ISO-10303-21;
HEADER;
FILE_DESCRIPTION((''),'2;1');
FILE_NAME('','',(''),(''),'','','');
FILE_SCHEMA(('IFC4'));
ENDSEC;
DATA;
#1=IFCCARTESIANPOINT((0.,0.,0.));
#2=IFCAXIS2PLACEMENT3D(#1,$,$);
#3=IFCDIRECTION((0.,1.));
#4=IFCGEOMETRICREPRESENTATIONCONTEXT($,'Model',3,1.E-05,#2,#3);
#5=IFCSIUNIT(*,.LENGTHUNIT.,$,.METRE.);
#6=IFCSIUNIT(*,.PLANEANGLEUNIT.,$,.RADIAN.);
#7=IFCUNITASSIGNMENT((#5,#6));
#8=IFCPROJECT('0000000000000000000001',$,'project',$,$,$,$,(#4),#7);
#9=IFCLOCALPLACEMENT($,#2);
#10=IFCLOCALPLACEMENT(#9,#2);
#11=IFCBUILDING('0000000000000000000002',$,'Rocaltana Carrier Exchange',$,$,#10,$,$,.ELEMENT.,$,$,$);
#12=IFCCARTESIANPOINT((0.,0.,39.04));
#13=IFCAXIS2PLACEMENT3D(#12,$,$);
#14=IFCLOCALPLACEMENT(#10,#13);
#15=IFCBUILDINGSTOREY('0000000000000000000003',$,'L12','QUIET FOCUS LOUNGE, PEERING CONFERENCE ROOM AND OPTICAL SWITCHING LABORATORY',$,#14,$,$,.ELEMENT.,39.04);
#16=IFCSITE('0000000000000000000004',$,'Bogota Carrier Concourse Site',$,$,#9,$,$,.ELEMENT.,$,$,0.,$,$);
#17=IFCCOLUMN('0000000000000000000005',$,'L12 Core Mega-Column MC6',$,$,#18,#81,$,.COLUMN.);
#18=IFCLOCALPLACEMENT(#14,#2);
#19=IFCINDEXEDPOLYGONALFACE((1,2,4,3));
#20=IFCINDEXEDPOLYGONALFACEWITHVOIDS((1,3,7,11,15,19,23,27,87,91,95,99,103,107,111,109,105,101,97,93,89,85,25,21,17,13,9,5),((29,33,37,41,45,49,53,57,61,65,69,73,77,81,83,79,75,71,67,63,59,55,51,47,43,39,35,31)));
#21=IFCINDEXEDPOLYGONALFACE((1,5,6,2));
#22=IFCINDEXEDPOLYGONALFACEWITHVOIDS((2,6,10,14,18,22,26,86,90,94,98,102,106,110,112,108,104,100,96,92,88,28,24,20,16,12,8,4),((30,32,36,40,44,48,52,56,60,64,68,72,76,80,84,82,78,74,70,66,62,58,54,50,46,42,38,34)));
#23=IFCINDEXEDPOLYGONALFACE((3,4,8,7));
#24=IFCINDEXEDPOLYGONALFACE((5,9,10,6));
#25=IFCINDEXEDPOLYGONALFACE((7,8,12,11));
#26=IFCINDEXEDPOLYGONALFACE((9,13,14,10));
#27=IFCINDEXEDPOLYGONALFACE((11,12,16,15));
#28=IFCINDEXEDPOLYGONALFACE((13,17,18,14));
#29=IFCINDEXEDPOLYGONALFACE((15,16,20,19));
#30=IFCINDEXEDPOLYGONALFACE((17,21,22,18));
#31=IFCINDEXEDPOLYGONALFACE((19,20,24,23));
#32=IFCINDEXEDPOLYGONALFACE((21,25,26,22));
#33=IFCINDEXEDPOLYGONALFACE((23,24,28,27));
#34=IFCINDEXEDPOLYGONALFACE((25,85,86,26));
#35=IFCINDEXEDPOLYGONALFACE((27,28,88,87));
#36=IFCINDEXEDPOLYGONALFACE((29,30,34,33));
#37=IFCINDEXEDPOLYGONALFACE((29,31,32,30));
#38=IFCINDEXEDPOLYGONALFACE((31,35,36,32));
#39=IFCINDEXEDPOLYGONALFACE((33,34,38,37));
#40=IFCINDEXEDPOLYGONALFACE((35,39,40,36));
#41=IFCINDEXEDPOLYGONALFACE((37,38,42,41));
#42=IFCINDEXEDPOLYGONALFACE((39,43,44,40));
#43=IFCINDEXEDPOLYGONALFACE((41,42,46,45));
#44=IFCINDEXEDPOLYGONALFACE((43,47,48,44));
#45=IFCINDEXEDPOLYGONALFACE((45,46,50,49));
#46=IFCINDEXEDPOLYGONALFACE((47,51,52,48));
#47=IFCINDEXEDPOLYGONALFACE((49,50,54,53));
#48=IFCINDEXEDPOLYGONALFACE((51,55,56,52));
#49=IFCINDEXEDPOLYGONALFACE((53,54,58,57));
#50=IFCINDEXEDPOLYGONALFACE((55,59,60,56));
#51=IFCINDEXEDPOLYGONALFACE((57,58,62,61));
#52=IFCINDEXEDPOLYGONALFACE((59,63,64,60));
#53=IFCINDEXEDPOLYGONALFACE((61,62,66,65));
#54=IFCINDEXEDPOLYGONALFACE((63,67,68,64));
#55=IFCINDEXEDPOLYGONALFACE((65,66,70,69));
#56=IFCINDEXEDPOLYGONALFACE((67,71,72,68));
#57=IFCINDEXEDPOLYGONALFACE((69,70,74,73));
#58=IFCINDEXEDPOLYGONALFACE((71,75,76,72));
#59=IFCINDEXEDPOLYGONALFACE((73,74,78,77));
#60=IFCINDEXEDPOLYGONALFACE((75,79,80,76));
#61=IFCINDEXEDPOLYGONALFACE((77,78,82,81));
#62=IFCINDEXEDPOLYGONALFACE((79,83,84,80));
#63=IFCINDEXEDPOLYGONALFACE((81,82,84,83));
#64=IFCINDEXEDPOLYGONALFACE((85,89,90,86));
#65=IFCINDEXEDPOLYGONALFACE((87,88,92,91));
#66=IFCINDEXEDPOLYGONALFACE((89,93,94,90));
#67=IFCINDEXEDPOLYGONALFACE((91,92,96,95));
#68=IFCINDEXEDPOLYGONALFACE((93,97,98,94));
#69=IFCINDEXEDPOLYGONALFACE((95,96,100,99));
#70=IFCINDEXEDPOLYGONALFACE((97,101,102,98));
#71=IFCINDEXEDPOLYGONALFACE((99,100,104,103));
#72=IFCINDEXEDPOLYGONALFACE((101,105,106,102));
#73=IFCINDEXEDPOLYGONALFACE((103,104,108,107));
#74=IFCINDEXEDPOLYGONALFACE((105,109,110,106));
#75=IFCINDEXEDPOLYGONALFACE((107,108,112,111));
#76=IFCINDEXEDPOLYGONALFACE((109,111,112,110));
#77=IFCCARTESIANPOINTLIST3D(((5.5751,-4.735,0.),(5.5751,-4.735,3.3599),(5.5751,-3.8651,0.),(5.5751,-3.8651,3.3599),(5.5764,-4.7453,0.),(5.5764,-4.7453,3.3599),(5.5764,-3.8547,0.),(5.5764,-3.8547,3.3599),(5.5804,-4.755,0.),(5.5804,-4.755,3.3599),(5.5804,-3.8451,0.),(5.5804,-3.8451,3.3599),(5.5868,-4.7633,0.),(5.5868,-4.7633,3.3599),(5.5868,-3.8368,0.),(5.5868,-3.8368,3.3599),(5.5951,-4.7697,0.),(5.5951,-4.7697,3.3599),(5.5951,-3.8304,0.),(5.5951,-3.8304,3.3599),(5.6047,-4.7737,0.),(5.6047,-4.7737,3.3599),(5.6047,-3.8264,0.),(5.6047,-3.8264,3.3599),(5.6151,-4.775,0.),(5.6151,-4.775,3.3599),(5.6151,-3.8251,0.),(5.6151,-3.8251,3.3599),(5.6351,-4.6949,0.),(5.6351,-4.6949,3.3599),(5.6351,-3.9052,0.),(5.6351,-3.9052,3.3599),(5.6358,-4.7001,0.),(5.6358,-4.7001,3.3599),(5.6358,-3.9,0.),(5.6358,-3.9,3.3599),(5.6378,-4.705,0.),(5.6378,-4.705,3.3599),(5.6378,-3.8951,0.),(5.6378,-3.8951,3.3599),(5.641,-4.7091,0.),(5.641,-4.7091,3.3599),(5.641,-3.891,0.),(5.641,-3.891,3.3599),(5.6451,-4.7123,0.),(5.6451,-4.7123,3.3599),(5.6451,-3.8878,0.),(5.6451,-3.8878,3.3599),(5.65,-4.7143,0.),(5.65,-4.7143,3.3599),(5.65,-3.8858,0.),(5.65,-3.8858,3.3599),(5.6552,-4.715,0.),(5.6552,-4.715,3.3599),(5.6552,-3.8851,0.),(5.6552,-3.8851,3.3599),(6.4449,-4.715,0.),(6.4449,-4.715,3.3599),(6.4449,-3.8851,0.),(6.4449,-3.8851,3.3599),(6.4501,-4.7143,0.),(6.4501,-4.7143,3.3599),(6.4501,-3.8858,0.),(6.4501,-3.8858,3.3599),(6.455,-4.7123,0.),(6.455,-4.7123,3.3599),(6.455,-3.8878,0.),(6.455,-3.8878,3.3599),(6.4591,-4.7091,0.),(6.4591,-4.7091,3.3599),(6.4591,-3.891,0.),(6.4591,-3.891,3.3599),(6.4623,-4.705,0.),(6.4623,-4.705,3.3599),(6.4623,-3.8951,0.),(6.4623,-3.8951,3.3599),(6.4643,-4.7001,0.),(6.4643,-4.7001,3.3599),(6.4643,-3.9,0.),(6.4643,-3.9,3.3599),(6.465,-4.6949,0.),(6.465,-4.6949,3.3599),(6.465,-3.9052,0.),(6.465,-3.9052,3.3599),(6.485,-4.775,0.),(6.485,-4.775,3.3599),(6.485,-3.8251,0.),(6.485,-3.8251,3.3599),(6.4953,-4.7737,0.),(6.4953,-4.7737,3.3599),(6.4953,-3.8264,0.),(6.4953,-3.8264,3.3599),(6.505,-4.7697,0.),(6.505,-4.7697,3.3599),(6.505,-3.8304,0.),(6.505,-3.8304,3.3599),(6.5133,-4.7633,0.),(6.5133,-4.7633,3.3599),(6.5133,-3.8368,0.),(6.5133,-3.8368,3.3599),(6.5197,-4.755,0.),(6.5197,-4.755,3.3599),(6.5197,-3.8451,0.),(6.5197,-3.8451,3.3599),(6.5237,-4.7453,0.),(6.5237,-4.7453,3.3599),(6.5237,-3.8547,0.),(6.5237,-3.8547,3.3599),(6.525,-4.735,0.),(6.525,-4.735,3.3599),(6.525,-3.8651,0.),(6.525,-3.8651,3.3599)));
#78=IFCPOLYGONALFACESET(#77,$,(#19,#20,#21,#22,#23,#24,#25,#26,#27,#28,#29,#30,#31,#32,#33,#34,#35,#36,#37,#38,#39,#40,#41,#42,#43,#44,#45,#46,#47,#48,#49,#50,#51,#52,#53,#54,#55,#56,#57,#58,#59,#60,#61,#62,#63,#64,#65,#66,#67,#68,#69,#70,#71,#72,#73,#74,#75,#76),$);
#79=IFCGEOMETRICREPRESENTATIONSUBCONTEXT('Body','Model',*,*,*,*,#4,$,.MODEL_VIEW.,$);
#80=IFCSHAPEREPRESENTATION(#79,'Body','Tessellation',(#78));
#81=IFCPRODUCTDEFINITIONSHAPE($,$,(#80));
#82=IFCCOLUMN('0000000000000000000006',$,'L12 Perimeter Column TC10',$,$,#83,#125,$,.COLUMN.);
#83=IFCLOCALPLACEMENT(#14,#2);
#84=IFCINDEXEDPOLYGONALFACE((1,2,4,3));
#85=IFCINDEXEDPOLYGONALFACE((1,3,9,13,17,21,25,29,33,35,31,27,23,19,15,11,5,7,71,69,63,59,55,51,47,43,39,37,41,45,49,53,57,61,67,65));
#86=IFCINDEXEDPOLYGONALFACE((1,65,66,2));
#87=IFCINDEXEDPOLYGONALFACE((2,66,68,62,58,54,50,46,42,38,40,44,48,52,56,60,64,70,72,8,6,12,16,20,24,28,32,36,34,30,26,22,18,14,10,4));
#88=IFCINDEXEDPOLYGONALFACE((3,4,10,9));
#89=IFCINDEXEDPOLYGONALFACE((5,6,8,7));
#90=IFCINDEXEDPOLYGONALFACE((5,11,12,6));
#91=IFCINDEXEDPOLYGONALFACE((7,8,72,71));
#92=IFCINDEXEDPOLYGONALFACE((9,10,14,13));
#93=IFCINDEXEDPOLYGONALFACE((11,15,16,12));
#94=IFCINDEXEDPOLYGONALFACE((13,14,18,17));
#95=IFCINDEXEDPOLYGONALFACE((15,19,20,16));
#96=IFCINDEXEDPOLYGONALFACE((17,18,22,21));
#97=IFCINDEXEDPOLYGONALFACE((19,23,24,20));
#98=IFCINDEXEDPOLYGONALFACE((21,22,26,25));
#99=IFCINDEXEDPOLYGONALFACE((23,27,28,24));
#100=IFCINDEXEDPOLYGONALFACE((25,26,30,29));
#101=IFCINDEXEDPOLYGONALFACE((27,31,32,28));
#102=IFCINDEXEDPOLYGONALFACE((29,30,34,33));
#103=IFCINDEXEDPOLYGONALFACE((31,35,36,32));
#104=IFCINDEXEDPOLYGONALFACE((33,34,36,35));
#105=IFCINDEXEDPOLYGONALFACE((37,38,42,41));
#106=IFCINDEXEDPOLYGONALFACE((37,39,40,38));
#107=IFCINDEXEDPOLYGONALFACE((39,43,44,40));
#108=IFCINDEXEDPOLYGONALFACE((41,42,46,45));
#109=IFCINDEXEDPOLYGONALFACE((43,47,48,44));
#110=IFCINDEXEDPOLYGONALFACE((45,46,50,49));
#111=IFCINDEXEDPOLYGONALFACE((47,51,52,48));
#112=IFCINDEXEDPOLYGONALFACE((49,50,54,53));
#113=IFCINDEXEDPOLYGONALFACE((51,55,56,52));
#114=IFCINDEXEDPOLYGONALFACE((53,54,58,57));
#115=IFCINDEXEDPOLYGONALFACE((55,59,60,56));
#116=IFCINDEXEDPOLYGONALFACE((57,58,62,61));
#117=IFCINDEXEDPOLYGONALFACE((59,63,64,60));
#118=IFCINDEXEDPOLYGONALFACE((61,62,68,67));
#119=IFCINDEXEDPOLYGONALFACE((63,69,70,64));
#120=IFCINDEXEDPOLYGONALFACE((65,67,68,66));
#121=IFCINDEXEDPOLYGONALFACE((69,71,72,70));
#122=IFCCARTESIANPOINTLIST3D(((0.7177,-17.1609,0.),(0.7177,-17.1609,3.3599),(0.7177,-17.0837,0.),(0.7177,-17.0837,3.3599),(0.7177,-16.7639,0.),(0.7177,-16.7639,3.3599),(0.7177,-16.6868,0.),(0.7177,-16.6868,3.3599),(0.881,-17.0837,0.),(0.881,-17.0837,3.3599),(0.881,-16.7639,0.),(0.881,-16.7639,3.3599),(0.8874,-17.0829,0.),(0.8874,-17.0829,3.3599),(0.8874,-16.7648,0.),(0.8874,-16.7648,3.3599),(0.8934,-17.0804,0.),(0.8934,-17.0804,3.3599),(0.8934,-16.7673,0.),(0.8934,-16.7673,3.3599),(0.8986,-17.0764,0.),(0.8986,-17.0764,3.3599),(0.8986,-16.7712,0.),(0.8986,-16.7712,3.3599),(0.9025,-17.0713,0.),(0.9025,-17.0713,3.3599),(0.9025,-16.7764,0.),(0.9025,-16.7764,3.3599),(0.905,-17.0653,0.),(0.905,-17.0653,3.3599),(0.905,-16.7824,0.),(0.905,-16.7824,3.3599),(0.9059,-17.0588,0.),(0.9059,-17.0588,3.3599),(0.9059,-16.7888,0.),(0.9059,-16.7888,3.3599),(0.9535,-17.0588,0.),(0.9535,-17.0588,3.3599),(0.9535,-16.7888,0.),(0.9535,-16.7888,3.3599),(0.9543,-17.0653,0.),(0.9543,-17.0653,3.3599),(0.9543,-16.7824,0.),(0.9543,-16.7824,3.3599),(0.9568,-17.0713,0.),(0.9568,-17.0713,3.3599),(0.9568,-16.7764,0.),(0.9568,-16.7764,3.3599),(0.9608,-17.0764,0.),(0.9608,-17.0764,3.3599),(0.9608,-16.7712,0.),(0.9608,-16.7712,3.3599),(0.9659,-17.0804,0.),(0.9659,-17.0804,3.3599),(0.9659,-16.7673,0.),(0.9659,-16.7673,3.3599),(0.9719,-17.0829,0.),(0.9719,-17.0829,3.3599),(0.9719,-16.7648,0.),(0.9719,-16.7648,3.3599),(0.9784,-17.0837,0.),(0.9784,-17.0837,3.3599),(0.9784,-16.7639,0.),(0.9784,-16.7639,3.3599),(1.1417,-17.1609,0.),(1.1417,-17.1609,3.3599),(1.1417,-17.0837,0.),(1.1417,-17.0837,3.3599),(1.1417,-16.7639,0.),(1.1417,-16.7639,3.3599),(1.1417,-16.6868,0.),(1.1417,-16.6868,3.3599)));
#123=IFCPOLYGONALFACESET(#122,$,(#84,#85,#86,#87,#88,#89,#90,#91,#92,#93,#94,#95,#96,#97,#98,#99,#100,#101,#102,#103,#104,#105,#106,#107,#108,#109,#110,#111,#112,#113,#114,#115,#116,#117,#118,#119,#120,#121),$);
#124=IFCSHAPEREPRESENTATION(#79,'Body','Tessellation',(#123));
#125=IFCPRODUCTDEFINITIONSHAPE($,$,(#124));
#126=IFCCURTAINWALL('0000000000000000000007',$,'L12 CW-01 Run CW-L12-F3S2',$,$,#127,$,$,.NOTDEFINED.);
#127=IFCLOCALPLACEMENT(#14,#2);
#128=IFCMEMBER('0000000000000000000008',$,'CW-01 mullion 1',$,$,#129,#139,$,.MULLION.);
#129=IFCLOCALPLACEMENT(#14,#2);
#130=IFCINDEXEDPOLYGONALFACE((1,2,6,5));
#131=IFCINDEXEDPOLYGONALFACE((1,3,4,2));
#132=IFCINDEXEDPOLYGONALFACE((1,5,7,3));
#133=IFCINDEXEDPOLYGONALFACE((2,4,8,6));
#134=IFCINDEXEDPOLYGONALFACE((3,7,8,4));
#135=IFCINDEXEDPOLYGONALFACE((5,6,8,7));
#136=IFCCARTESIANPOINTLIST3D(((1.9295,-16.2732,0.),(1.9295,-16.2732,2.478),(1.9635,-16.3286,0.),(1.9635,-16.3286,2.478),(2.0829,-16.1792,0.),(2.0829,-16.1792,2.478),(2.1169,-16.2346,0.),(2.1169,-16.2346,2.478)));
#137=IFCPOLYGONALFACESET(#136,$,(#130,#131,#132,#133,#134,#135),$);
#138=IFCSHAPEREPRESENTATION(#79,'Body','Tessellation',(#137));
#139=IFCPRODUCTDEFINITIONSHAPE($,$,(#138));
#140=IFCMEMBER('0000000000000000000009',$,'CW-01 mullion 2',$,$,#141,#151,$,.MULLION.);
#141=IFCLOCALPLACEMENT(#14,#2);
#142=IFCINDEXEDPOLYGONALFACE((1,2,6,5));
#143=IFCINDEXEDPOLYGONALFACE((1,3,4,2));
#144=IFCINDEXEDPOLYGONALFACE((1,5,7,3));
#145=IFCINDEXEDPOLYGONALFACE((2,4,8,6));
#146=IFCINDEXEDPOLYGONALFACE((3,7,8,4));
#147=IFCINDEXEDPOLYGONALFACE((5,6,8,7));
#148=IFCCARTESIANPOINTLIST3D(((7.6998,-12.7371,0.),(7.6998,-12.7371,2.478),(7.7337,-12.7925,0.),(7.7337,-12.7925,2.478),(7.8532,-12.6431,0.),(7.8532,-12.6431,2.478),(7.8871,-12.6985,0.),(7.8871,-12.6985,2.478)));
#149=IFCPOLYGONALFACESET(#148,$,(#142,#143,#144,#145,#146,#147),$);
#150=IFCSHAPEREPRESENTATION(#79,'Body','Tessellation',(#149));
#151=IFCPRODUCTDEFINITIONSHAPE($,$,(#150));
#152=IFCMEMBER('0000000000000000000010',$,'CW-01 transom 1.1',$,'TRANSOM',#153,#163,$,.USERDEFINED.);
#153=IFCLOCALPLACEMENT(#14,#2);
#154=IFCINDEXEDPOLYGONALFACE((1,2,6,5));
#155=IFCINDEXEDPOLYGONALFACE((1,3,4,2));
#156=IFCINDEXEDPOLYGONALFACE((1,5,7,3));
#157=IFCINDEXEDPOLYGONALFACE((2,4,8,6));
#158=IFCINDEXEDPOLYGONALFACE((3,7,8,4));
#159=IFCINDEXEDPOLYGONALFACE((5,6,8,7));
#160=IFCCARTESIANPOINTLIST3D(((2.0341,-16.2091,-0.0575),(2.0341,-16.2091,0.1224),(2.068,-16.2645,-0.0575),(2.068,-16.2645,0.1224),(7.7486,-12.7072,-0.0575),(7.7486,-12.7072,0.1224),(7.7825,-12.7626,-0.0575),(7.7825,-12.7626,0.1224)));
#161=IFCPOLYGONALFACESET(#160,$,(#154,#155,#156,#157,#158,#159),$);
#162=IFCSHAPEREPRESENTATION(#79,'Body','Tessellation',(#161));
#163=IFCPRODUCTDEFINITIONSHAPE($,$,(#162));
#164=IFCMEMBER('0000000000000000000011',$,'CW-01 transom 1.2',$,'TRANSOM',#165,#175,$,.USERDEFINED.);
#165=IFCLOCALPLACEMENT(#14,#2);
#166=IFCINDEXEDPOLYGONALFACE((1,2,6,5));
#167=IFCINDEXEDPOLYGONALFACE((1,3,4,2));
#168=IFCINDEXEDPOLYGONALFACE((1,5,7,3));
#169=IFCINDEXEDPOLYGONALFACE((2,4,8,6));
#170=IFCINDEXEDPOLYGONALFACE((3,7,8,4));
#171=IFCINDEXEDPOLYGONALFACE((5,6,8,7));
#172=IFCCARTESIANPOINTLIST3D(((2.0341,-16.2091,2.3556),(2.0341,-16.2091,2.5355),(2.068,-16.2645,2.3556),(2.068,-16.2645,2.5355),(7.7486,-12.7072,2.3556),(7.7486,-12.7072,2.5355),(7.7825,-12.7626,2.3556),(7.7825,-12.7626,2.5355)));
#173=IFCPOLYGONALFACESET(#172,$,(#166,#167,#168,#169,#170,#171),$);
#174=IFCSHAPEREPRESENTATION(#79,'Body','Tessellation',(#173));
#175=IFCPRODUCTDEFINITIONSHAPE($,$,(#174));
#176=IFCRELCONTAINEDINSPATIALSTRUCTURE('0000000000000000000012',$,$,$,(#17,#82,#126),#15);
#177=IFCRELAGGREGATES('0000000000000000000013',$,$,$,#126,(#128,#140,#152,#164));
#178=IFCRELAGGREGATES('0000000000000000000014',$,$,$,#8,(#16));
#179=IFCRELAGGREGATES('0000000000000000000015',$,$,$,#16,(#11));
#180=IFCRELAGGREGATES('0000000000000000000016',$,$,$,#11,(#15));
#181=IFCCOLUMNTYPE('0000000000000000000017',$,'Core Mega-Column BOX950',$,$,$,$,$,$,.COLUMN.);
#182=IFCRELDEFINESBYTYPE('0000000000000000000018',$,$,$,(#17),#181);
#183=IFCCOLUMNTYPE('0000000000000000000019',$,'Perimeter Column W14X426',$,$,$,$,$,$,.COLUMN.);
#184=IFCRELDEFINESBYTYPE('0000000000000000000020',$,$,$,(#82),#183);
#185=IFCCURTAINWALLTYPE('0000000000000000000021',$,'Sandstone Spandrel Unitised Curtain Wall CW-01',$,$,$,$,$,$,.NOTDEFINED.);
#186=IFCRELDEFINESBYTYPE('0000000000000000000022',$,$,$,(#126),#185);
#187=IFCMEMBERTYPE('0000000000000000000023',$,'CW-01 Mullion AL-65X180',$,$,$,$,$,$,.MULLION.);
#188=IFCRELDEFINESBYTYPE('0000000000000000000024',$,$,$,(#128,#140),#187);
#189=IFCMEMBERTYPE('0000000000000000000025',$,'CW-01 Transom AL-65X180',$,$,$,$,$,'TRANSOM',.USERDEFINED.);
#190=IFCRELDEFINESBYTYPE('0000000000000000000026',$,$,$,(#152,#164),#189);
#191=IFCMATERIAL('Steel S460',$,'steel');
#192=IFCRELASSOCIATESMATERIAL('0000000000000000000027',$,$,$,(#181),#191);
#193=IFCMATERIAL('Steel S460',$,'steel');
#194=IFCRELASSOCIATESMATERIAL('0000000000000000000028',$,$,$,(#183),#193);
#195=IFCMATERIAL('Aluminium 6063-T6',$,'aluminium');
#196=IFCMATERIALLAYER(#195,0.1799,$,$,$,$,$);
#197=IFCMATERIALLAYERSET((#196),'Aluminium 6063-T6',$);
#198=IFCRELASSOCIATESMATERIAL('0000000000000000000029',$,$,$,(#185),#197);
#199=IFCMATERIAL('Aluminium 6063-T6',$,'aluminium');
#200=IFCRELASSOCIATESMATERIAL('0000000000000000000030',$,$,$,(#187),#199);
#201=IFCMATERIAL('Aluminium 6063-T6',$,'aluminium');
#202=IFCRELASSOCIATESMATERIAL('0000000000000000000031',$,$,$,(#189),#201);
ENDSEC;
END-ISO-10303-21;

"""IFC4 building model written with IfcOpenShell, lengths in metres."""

from ifc_helpers import new_model, si_unit, direction, frame, origin, origin_2d, place, context, subcontext, project, spatial, rectangle, hollow_rectangle, i_section, extrude, material, layer, layer_set, material_profile, profile_set, type_object, element, aggregate, save


model = new_model("IFC4")

# Units and contexts
model_context = context("Model", 3, precision=1e-05, world=origin(), true_north=direction((0.0, 1.0)))
body_context = subcontext(model_context, "Body", "Model", "MODEL_VIEW")
ifc_project = project(units=[si_unit("LENGTHUNIT", "METRE"), si_unit("PLANEANGLEUNIT", "RADIAN")], contexts=[model_context])

# Site, building, storey
site_placement = place(None, origin())
site = spatial("IfcSite", under=ifc_project, at=site_placement, Name="Bogota Carrier Concourse Site", CompositionType="ELEMENT", RefElevation=0.0)
building_placement = place(site_placement, origin())
building = spatial("IfcBuilding", under=site, at=building_placement, Name="Rocaltana Carrier Exchange", CompositionType="ELEMENT")
storey_placement = place(building_placement, frame((0.0, 0.0, 39.04)))
storey = spatial("IfcBuildingStorey", under=building, at=storey_placement, Name="L12", Description="QUIET FOCUS LOUNGE, PEERING CONFERENCE ROOM AND OPTICAL SWITCHING LABORATORY", CompositionType="ELEMENT", Elevation=39.04)

# Columns
ifc_material_1 = material(Name="Steel S460", Category="steel")
ifc_material_profile_1 = material_profile(ifc_material_1, hollow_rectangle(XDim=0.95, YDim=0.95, WallThickness=0.0601, InnerFilletRadius=0.02, OuterFilletRadius=0.04, at=origin_2d()), Name="BOX950X950X60")
ifc_profile_set_1 = profile_set([ifc_material_profile_1], Name="Steel S460")
column_type_1 = type_object("IfcColumnType", Name="Core Mega-Column BOX950", PredefinedType="COLUMN", material=ifc_profile_set_1)
column_1_placement = place(storey_placement, frame((6.05, -4.3, 0.0), z_axis=(0.0, 0.0, 1.0), x_axis=(1.0, 0.0, 0.0)))
element("IfcColumn", 1, at=column_1_placement, inside=storey, type_object=column_type_1, Name="L12 Core Mega-Column MC6", PredefinedType="COLUMN", context=body_context, shape_type="SweptSolid", body=[
    extrude(hollow_rectangle(XDim=0.95, YDim=0.95, WallThickness=0.0601, InnerFilletRadius=0.02, OuterFilletRadius=0.04, at=origin_2d()), origin(), (0.0, 0.0, 1.0), 3.3599),
])
ifc_material_2 = material(Name="Steel S460", Category="steel")
ifc_material_profile_2 = material_profile(ifc_material_2, i_section(OverallWidth=0.4241, OverallDepth=0.4741, WebThickness=0.0476, FlangeThickness=0.0771, FilletRadius=0.0249, at=origin_2d()), Name="W14X426")
ifc_profile_set_2 = profile_set([ifc_material_profile_2], Name="Steel S460")
column_type_2 = type_object("IfcColumnType", Name="Perimeter Column W14X426", PredefinedType="COLUMN", material=ifc_profile_set_2)
column_2_placement = place(storey_placement, frame((0.9297, -16.9238, 0.0), z_axis=(0.0, 0.0, 1.0), x_axis=(1.0, 0.0, 0.0)))
element("IfcColumn", 2, at=column_2_placement, inside=storey, type_object=column_type_2, Name="L12 Perimeter Column TC10", PredefinedType="COLUMN", context=body_context, shape_type="SweptSolid", body=[
    extrude(i_section(OverallWidth=0.4241, OverallDepth=0.4741, WebThickness=0.0476, FlangeThickness=0.0771, FilletRadius=0.0249, at=origin_2d()), origin(), (0.0, 0.0, 1.0), 3.3599),
])

# Curtain wall, members
ifc_material_3 = material(Name="Aluminium 6063-T6", Category="aluminium")
ifc_layer_1 = layer(ifc_material_3, 0.1799)
ifc_layer_set_1 = layer_set([ifc_layer_1], Name="Aluminium 6063-T6")
curtain_wall_type = type_object("IfcCurtainWallType", Name="Sandstone Spandrel Unitised Curtain Wall CW-01", PredefinedType="NOTDEFINED", material=ifc_layer_set_1)
curtain_wall_placement = place(storey_placement, origin())
curtain_wall = element("IfcCurtainWall", 3, at=curtain_wall_placement, inside=storey, type_object=curtain_wall_type, Name="L12 CW-01 Run CW-L12-F3S2", PredefinedType="NOTDEFINED")
ifc_material_4 = material(Name="Aluminium 6063-T6", Category="aluminium")
ifc_material_profile_3 = material_profile(ifc_material_4, rectangle(XDim=0.0649, YDim=0.1799, at=origin_2d()), Name="AL-65X180")
ifc_profile_set_3 = profile_set([ifc_material_profile_3], Name="Aluminium 6063-T6")
member_type_1 = type_object("IfcMemberType", Name="CW-01 Mullion AL-65X180", PredefinedType="MULLION", material=ifc_profile_set_3)
member_1_placement = place(storey_placement, frame((2.0232, -16.2539, 0.0), z_axis=(0.0, 0.0, 1.0), x_axis=(-0.5225, 0.852639, 0.0)))
member_1 = element("IfcMember", 4, at=member_1_placement, type_object=member_type_1, Name="CW-01 mullion 1", PredefinedType="MULLION", context=body_context, shape_type="SweptSolid", body=[
    extrude(rectangle(XDim=0.0649, YDim=0.1799, at=origin_2d()), origin(), (0.0, 0.0, 1.0), 2.478),
])
member_2_placement = place(storey_placement, frame((7.7935, -12.7178, 0.0), z_axis=(0.0, 0.0, 1.0), x_axis=(-0.5225, 0.852639, 0.0)))
member_2 = element("IfcMember", 5, at=member_2_placement, type_object=member_type_1, Name="CW-01 mullion 2", PredefinedType="MULLION", context=body_context, shape_type="SweptSolid", body=[
    extrude(rectangle(XDim=0.0649, YDim=0.1799, at=origin_2d()), origin(), (0.0, 0.0, 1.0), 2.478),
])
ifc_material_5 = material(Name="Aluminium 6063-T6", Category="aluminium")
ifc_material_profile_4 = material_profile(ifc_material_5, rectangle(XDim=0.0649, YDim=0.1799, at=origin_2d()), Name="AL-65X180")
ifc_profile_set_4 = profile_set([ifc_material_profile_4], Name="Aluminium 6063-T6")
member_type_2 = type_object("IfcMemberType", Name="CW-01 Transom AL-65X180", ElementType="TRANSOM", PredefinedType="USERDEFINED", material=ifc_profile_set_4)
member_3_placement = place(storey_placement, frame((2.051, -16.2368, 0.0325), z_axis=(0.852637, 0.522503, 0.0), x_axis=(-0.522503, 0.852637, 0.0)))
member_3 = element("IfcMember", 6, at=member_3_placement, type_object=member_type_2, Name="CW-01 transom 1.1", ObjectType="TRANSOM", PredefinedType="USERDEFINED", context=body_context, shape_type="SweptSolid", body=[
    extrude(rectangle(XDim=0.0649, YDim=0.1799, at=origin_2d()), origin(), (0.0, 0.0, 1.0), 6.7021),
])
member_4_placement = place(storey_placement, frame((2.051, -16.2368, 2.4456), z_axis=(0.852637, 0.522503, 0.0), x_axis=(-0.522503, 0.852637, 0.0)))
member_4 = element("IfcMember", 7, at=member_4_placement, type_object=member_type_2, Name="CW-01 transom 1.2", ObjectType="TRANSOM", PredefinedType="USERDEFINED", context=body_context, shape_type="SweptSolid", body=[
    extrude(rectangle(XDim=0.0649, YDim=0.1799, at=origin_2d()), origin(), (0.0, 0.0, 1.0), 6.7021),
])

aggregate(curtain_wall, [member_1, member_2, member_3, member_4])

save(model, "model.ifc")
